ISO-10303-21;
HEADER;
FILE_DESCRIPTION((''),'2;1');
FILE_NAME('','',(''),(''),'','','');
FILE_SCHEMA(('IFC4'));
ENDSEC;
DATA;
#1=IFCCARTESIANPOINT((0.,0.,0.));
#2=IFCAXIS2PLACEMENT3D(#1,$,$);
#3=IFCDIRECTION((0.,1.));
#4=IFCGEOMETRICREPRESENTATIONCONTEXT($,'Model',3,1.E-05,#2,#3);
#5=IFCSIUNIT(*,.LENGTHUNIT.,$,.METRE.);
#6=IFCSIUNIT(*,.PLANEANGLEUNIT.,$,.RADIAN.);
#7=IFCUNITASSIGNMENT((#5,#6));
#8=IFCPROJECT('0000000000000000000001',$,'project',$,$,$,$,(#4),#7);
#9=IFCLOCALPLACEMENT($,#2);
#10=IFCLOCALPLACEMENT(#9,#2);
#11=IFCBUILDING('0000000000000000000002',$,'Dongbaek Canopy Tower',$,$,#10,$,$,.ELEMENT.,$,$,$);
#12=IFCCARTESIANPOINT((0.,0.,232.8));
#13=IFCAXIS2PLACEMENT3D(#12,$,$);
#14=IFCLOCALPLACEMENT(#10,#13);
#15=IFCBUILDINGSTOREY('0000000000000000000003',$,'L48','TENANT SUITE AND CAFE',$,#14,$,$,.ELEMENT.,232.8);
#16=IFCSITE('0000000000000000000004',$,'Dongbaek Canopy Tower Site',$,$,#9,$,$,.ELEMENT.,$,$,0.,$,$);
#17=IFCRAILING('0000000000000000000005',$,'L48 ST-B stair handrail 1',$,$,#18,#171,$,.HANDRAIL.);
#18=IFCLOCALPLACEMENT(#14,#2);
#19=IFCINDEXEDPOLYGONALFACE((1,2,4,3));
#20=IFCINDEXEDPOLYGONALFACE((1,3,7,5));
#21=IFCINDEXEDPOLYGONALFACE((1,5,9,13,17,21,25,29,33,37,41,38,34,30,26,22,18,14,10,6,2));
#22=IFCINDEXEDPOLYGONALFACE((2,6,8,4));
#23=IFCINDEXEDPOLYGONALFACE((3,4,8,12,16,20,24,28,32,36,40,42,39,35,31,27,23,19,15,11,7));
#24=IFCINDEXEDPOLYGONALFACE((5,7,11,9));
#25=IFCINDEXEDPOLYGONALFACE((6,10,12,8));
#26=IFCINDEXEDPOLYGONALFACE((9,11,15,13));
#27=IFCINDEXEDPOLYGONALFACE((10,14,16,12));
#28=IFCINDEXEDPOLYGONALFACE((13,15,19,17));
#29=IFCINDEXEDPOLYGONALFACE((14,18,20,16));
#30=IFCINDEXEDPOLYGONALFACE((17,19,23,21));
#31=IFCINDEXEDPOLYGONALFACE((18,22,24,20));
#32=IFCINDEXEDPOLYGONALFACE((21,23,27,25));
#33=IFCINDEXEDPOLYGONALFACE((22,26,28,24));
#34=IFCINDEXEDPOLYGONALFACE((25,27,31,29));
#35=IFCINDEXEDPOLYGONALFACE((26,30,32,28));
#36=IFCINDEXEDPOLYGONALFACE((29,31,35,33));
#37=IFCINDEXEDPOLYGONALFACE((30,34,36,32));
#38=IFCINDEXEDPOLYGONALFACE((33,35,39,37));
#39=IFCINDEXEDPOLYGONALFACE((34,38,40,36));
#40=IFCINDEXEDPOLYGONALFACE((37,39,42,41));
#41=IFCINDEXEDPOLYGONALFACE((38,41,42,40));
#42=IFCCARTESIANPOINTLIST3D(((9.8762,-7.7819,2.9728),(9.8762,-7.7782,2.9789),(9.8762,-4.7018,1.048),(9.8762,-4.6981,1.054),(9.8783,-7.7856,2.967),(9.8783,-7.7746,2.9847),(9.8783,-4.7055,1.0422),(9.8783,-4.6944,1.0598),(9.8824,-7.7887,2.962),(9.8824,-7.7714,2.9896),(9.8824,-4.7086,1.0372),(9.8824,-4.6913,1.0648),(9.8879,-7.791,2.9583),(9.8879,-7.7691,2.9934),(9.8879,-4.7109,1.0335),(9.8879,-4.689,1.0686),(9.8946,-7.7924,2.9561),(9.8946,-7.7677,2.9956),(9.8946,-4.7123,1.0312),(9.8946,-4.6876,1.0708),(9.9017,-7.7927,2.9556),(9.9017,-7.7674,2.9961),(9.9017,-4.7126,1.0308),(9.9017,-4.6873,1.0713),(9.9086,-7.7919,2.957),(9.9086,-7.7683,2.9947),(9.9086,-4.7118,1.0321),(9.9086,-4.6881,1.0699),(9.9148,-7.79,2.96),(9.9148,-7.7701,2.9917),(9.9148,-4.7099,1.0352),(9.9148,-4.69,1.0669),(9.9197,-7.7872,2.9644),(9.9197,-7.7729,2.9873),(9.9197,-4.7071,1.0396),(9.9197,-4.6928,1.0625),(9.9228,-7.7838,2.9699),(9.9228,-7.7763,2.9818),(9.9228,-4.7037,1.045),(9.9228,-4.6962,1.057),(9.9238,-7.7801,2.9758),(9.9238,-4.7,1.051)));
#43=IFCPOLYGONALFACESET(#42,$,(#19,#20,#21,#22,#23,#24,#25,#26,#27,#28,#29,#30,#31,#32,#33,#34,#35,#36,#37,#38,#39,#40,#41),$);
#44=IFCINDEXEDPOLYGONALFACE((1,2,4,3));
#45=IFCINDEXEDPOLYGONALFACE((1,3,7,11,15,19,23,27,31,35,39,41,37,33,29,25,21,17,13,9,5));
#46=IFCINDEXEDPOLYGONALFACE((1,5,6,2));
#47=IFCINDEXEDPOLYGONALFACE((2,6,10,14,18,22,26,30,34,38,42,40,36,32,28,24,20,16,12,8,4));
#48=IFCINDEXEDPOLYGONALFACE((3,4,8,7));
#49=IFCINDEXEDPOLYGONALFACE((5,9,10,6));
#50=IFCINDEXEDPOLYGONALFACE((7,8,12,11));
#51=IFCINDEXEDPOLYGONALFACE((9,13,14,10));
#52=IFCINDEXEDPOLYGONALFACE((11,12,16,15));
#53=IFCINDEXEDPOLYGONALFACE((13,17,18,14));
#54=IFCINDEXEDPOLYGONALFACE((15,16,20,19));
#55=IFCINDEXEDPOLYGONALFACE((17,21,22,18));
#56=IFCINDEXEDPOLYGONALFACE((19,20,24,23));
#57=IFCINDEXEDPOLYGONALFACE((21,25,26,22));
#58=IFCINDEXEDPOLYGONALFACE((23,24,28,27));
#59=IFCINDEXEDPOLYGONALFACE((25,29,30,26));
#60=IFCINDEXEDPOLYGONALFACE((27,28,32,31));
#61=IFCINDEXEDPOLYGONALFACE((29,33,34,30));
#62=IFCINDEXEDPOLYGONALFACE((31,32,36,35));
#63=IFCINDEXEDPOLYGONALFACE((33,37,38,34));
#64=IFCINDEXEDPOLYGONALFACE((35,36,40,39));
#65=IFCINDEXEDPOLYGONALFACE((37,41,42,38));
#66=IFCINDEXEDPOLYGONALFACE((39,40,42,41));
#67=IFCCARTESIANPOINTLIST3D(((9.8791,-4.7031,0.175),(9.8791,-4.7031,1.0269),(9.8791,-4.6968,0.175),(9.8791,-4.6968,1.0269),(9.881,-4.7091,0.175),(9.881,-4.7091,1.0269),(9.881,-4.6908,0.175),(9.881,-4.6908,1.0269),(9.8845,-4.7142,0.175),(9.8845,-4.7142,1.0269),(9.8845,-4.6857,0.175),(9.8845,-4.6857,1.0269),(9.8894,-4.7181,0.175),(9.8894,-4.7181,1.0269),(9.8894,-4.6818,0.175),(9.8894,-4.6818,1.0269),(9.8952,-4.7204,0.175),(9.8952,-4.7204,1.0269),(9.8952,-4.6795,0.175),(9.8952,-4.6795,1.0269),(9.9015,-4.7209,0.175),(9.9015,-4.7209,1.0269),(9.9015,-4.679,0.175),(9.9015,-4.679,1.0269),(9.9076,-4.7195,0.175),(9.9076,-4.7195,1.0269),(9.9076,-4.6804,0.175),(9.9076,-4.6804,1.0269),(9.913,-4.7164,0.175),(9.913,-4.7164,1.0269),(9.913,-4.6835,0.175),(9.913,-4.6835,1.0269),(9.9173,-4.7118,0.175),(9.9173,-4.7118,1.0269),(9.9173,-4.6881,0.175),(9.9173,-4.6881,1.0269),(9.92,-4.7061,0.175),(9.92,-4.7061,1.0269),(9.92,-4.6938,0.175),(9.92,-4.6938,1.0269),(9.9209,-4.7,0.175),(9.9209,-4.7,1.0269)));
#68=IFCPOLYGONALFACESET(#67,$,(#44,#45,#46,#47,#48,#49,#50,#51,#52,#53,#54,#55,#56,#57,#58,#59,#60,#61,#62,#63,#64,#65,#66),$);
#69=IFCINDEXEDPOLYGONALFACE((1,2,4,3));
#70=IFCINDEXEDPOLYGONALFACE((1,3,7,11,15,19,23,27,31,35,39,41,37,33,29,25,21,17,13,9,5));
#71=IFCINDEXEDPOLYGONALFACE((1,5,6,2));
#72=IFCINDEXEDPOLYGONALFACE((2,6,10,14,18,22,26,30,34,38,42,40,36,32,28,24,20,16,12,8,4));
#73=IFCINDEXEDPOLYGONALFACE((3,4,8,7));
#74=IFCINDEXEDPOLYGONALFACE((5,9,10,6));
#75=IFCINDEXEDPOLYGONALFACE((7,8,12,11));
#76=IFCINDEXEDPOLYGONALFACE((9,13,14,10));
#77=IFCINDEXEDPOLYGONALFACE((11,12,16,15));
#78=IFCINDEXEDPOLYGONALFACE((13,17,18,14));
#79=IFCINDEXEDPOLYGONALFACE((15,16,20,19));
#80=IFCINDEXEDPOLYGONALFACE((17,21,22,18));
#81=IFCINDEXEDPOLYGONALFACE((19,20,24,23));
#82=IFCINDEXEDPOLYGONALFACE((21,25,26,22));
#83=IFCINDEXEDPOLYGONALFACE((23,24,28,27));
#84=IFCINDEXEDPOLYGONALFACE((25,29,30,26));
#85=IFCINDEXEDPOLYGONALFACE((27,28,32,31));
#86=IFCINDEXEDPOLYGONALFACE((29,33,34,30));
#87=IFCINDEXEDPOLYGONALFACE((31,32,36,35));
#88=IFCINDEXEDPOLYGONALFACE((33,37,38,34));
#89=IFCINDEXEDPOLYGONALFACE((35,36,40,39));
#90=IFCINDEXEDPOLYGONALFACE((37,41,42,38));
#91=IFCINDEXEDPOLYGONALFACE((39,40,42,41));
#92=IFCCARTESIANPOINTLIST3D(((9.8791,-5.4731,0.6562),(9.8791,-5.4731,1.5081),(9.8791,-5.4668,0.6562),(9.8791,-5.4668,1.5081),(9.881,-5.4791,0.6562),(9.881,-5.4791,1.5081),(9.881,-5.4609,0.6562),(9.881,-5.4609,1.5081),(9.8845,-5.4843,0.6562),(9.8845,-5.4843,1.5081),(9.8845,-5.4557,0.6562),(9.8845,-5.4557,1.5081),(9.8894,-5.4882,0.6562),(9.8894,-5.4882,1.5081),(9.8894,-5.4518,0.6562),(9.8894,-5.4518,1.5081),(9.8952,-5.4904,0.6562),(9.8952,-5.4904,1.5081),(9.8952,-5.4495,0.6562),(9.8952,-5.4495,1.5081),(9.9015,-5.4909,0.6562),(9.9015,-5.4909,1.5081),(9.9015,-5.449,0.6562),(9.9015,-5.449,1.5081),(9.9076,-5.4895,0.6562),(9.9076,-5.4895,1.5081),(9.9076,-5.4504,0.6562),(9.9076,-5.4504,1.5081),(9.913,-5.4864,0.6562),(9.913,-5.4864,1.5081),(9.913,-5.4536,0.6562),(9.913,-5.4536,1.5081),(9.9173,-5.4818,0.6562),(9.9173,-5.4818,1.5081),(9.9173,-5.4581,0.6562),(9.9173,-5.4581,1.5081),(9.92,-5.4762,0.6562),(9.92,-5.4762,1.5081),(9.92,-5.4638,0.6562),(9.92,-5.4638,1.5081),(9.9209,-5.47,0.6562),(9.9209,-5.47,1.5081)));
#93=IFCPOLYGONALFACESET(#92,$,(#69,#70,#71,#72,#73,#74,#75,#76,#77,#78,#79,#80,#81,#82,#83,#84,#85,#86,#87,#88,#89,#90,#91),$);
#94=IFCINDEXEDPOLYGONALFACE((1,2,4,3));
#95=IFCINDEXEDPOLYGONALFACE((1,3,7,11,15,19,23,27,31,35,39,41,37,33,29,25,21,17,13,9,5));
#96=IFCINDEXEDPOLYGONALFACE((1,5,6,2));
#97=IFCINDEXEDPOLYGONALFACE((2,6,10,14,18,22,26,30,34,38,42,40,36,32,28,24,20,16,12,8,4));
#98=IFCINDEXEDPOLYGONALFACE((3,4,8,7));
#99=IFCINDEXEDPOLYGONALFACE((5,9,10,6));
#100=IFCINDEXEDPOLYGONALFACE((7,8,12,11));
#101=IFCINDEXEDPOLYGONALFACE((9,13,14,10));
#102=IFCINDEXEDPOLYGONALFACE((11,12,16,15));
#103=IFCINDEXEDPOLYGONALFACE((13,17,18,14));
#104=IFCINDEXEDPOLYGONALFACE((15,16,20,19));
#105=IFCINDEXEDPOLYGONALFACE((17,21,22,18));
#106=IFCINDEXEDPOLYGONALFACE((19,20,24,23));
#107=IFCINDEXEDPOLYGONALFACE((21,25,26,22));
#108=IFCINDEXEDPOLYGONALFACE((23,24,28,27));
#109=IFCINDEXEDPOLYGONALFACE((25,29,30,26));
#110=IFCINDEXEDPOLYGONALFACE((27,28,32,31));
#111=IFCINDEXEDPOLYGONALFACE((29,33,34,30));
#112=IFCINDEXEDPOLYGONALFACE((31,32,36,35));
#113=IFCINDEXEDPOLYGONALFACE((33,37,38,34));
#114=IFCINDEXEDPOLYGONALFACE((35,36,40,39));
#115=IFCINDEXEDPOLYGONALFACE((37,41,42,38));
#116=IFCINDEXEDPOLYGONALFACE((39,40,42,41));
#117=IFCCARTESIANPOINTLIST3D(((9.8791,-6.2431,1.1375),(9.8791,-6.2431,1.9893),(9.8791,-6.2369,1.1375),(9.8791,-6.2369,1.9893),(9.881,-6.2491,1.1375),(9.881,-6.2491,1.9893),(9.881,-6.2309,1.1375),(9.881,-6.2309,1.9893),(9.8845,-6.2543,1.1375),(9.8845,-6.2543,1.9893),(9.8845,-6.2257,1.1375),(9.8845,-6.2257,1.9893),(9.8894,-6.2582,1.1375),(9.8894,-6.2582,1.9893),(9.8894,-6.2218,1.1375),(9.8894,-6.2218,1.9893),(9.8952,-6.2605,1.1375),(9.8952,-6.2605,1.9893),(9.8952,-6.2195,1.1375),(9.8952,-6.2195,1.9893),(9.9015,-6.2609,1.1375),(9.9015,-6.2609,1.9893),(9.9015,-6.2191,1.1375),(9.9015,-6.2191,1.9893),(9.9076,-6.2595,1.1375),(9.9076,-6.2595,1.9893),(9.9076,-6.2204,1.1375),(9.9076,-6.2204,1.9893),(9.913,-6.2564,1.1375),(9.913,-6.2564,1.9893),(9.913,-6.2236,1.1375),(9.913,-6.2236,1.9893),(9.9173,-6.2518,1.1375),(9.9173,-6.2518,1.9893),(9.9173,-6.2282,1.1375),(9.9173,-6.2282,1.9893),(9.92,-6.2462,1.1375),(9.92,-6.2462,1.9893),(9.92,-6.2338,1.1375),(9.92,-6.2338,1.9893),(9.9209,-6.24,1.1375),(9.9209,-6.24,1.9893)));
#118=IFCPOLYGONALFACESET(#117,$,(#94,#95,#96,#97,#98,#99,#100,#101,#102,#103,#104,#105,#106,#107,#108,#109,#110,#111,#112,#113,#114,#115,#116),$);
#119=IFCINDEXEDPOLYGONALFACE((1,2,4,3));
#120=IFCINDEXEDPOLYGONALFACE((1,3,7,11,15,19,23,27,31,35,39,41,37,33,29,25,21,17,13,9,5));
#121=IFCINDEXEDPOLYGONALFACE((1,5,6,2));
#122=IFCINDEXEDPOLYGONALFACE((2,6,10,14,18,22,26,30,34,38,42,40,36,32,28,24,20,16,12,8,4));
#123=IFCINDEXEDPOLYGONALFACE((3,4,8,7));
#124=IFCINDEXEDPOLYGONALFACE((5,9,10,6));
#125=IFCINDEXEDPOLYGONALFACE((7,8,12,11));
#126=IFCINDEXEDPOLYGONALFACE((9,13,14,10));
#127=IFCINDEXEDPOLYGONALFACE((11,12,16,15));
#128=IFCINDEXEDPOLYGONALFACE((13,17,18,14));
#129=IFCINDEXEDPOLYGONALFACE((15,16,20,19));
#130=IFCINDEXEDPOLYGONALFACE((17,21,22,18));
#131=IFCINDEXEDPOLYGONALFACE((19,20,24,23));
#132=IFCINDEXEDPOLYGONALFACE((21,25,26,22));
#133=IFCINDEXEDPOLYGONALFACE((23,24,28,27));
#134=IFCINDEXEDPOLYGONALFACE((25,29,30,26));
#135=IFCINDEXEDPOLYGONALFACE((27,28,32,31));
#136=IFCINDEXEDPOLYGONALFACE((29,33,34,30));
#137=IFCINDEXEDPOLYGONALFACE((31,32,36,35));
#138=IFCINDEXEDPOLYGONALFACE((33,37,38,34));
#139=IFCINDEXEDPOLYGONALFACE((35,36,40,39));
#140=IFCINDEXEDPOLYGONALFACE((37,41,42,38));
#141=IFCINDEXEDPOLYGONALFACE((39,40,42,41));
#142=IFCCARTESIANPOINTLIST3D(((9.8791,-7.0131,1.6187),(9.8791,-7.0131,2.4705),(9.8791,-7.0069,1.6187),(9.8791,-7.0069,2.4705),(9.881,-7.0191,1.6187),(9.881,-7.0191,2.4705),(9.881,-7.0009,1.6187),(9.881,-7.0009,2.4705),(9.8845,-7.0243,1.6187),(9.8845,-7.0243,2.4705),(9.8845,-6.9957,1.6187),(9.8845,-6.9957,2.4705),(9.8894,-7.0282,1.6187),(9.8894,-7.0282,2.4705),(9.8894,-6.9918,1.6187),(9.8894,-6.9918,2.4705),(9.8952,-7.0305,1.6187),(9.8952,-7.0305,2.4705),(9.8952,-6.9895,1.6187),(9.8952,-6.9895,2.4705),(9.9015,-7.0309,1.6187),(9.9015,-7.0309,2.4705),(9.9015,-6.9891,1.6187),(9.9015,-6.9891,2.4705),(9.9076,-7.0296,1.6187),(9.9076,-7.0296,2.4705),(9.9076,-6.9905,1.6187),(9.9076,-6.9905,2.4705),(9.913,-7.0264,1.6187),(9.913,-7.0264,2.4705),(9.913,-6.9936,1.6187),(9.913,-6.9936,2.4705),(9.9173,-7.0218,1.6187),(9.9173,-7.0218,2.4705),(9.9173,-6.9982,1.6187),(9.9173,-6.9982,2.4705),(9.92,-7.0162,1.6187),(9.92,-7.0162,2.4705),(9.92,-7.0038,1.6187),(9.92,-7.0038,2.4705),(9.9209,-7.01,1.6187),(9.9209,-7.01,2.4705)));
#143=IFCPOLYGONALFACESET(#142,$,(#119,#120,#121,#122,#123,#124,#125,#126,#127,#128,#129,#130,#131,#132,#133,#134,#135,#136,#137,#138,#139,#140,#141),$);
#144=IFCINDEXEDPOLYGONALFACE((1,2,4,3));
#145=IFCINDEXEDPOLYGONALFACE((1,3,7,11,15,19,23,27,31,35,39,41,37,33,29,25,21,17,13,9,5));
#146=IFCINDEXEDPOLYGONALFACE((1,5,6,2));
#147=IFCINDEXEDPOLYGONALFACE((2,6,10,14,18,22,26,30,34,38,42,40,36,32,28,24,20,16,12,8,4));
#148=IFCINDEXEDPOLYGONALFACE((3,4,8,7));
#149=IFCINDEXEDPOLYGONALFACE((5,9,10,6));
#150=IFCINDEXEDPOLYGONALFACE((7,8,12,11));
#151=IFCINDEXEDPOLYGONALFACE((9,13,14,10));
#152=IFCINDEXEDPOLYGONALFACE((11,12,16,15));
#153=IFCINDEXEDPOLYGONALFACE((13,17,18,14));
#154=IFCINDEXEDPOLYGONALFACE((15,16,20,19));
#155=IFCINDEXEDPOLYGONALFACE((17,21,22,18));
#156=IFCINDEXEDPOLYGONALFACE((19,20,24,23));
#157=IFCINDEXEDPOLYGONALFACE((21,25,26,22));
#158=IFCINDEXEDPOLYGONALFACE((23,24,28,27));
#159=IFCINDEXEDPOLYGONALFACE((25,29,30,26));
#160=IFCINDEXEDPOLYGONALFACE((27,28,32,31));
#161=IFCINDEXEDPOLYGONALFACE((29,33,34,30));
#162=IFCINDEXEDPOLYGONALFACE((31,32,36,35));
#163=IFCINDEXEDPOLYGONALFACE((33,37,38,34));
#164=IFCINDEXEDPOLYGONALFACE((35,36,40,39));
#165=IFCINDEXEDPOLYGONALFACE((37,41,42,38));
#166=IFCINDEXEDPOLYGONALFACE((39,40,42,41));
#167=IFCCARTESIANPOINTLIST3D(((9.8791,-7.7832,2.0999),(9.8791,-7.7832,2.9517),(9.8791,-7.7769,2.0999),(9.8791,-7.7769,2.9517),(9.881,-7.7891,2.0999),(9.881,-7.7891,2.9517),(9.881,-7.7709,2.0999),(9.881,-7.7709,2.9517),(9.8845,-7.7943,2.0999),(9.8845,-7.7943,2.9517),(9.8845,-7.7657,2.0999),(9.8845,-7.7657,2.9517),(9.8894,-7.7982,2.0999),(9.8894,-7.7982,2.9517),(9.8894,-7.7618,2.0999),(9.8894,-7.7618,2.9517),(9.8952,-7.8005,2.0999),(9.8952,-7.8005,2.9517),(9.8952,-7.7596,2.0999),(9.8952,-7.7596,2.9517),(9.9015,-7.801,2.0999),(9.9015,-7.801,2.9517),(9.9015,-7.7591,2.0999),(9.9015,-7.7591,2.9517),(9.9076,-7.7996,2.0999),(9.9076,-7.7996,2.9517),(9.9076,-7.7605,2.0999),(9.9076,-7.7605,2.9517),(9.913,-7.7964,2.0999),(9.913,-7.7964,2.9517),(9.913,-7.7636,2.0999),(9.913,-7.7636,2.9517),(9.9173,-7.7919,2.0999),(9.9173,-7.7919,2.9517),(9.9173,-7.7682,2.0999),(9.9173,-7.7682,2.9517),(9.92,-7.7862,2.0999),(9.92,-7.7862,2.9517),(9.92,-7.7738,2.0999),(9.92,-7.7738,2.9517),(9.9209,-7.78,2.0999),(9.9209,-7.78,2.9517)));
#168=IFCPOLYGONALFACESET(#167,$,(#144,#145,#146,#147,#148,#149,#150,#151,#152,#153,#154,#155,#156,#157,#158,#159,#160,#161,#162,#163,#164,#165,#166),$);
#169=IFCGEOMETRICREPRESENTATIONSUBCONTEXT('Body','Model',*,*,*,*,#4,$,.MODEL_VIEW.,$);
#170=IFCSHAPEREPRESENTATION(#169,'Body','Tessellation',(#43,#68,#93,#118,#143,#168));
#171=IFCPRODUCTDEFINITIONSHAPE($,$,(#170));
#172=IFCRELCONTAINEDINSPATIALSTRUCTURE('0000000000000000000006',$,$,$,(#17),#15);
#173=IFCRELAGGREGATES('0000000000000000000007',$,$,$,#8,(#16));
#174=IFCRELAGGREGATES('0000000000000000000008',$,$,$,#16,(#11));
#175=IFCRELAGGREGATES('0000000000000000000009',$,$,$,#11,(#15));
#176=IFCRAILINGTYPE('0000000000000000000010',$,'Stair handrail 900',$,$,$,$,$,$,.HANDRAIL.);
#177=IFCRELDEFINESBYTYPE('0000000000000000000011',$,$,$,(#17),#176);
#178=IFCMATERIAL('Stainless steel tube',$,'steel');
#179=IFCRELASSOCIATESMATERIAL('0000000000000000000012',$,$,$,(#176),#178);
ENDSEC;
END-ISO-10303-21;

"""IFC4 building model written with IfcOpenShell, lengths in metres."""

from ifc_helpers import new_model, si_unit, direction, frame, origin, origin_2d, place, context, subcontext, project, spatial, circle, extrude, material, type_object, element, save


model = new_model("IFC4")

# Units and contexts
model_context = context("Model", 3, precision=1e-05, world=origin(), true_north=direction((0.0, 1.0)))
body_context = subcontext(model_context, "Body", "Model", "MODEL_VIEW")
ifc_project = project(units=[si_unit("LENGTHUNIT", "METRE"), si_unit("PLANEANGLEUNIT", "RADIAN")], contexts=[model_context])

# Site, building, storey
site_placement = place(None, origin())
site = spatial("IfcSite", under=ifc_project, at=site_placement, Name="Dongbaek Canopy Tower Site", CompositionType="ELEMENT", RefElevation=0.0)
building_placement = place(site_placement, origin())
building = spatial("IfcBuilding", under=site, at=building_placement, Name="Dongbaek Canopy Tower", CompositionType="ELEMENT")
storey_placement = place(building_placement, frame((0.0, 0.0, 232.8)))
storey = spatial("IfcBuildingStorey", under=building, at=storey_placement, Name="L48", Description="TENANT SUITE AND CAFE", CompositionType="ELEMENT", Elevation=232.8)

# Railing
ifc_material_1 = material(Name="Stainless steel tube", Category="steel")
railing_type_1 = type_object("IfcRailingType", Name="Stair handrail 900", PredefinedType="HANDRAIL", material=ifc_material_1)
railing_1_placement = place(storey_placement, frame((9.8999, -4.7, 0.175)))
element("IfcRailing", 1, at=railing_1_placement, inside=storey, type_object=railing_type_1, Name="L48 ST-B stair handrail 1", PredefinedType="HANDRAIL", context=body_context, shape_type="SweptSolid", body=[
    extrude(circle(Radius=0.0239, at=origin_2d()), frame((0.0, 0.0, 0.876), z_axis=(0.0, -0.848029, 0.529951), x_axis=(1.0, 0.0, 0.0)), (0.0, 0.0, 1.0), 3.6321),
    extrude(circle(Radius=0.021, at=origin_2d()), origin(), (0.0, 0.0, 1.0), 0.8518),
    extrude(circle(Radius=0.021, at=origin_2d()), frame((0.0, -0.77, 0.4812)), (0.0, 0.0, 1.0), 0.8518),
    extrude(circle(Radius=0.021, at=origin_2d()), frame((0.0, -1.54, 0.9624)), (0.0, 0.0, 1.0), 0.8518),
    extrude(circle(Radius=0.021, at=origin_2d()), frame((0.0, -2.3101, 1.4436)), (0.0, 0.0, 1.0), 0.8518),
    extrude(circle(Radius=0.021, at=origin_2d()), frame((0.0, -3.0801, 1.9248)), (0.0, 0.0, 1.0), 0.8518),
])

save(model, "model.ifc")
